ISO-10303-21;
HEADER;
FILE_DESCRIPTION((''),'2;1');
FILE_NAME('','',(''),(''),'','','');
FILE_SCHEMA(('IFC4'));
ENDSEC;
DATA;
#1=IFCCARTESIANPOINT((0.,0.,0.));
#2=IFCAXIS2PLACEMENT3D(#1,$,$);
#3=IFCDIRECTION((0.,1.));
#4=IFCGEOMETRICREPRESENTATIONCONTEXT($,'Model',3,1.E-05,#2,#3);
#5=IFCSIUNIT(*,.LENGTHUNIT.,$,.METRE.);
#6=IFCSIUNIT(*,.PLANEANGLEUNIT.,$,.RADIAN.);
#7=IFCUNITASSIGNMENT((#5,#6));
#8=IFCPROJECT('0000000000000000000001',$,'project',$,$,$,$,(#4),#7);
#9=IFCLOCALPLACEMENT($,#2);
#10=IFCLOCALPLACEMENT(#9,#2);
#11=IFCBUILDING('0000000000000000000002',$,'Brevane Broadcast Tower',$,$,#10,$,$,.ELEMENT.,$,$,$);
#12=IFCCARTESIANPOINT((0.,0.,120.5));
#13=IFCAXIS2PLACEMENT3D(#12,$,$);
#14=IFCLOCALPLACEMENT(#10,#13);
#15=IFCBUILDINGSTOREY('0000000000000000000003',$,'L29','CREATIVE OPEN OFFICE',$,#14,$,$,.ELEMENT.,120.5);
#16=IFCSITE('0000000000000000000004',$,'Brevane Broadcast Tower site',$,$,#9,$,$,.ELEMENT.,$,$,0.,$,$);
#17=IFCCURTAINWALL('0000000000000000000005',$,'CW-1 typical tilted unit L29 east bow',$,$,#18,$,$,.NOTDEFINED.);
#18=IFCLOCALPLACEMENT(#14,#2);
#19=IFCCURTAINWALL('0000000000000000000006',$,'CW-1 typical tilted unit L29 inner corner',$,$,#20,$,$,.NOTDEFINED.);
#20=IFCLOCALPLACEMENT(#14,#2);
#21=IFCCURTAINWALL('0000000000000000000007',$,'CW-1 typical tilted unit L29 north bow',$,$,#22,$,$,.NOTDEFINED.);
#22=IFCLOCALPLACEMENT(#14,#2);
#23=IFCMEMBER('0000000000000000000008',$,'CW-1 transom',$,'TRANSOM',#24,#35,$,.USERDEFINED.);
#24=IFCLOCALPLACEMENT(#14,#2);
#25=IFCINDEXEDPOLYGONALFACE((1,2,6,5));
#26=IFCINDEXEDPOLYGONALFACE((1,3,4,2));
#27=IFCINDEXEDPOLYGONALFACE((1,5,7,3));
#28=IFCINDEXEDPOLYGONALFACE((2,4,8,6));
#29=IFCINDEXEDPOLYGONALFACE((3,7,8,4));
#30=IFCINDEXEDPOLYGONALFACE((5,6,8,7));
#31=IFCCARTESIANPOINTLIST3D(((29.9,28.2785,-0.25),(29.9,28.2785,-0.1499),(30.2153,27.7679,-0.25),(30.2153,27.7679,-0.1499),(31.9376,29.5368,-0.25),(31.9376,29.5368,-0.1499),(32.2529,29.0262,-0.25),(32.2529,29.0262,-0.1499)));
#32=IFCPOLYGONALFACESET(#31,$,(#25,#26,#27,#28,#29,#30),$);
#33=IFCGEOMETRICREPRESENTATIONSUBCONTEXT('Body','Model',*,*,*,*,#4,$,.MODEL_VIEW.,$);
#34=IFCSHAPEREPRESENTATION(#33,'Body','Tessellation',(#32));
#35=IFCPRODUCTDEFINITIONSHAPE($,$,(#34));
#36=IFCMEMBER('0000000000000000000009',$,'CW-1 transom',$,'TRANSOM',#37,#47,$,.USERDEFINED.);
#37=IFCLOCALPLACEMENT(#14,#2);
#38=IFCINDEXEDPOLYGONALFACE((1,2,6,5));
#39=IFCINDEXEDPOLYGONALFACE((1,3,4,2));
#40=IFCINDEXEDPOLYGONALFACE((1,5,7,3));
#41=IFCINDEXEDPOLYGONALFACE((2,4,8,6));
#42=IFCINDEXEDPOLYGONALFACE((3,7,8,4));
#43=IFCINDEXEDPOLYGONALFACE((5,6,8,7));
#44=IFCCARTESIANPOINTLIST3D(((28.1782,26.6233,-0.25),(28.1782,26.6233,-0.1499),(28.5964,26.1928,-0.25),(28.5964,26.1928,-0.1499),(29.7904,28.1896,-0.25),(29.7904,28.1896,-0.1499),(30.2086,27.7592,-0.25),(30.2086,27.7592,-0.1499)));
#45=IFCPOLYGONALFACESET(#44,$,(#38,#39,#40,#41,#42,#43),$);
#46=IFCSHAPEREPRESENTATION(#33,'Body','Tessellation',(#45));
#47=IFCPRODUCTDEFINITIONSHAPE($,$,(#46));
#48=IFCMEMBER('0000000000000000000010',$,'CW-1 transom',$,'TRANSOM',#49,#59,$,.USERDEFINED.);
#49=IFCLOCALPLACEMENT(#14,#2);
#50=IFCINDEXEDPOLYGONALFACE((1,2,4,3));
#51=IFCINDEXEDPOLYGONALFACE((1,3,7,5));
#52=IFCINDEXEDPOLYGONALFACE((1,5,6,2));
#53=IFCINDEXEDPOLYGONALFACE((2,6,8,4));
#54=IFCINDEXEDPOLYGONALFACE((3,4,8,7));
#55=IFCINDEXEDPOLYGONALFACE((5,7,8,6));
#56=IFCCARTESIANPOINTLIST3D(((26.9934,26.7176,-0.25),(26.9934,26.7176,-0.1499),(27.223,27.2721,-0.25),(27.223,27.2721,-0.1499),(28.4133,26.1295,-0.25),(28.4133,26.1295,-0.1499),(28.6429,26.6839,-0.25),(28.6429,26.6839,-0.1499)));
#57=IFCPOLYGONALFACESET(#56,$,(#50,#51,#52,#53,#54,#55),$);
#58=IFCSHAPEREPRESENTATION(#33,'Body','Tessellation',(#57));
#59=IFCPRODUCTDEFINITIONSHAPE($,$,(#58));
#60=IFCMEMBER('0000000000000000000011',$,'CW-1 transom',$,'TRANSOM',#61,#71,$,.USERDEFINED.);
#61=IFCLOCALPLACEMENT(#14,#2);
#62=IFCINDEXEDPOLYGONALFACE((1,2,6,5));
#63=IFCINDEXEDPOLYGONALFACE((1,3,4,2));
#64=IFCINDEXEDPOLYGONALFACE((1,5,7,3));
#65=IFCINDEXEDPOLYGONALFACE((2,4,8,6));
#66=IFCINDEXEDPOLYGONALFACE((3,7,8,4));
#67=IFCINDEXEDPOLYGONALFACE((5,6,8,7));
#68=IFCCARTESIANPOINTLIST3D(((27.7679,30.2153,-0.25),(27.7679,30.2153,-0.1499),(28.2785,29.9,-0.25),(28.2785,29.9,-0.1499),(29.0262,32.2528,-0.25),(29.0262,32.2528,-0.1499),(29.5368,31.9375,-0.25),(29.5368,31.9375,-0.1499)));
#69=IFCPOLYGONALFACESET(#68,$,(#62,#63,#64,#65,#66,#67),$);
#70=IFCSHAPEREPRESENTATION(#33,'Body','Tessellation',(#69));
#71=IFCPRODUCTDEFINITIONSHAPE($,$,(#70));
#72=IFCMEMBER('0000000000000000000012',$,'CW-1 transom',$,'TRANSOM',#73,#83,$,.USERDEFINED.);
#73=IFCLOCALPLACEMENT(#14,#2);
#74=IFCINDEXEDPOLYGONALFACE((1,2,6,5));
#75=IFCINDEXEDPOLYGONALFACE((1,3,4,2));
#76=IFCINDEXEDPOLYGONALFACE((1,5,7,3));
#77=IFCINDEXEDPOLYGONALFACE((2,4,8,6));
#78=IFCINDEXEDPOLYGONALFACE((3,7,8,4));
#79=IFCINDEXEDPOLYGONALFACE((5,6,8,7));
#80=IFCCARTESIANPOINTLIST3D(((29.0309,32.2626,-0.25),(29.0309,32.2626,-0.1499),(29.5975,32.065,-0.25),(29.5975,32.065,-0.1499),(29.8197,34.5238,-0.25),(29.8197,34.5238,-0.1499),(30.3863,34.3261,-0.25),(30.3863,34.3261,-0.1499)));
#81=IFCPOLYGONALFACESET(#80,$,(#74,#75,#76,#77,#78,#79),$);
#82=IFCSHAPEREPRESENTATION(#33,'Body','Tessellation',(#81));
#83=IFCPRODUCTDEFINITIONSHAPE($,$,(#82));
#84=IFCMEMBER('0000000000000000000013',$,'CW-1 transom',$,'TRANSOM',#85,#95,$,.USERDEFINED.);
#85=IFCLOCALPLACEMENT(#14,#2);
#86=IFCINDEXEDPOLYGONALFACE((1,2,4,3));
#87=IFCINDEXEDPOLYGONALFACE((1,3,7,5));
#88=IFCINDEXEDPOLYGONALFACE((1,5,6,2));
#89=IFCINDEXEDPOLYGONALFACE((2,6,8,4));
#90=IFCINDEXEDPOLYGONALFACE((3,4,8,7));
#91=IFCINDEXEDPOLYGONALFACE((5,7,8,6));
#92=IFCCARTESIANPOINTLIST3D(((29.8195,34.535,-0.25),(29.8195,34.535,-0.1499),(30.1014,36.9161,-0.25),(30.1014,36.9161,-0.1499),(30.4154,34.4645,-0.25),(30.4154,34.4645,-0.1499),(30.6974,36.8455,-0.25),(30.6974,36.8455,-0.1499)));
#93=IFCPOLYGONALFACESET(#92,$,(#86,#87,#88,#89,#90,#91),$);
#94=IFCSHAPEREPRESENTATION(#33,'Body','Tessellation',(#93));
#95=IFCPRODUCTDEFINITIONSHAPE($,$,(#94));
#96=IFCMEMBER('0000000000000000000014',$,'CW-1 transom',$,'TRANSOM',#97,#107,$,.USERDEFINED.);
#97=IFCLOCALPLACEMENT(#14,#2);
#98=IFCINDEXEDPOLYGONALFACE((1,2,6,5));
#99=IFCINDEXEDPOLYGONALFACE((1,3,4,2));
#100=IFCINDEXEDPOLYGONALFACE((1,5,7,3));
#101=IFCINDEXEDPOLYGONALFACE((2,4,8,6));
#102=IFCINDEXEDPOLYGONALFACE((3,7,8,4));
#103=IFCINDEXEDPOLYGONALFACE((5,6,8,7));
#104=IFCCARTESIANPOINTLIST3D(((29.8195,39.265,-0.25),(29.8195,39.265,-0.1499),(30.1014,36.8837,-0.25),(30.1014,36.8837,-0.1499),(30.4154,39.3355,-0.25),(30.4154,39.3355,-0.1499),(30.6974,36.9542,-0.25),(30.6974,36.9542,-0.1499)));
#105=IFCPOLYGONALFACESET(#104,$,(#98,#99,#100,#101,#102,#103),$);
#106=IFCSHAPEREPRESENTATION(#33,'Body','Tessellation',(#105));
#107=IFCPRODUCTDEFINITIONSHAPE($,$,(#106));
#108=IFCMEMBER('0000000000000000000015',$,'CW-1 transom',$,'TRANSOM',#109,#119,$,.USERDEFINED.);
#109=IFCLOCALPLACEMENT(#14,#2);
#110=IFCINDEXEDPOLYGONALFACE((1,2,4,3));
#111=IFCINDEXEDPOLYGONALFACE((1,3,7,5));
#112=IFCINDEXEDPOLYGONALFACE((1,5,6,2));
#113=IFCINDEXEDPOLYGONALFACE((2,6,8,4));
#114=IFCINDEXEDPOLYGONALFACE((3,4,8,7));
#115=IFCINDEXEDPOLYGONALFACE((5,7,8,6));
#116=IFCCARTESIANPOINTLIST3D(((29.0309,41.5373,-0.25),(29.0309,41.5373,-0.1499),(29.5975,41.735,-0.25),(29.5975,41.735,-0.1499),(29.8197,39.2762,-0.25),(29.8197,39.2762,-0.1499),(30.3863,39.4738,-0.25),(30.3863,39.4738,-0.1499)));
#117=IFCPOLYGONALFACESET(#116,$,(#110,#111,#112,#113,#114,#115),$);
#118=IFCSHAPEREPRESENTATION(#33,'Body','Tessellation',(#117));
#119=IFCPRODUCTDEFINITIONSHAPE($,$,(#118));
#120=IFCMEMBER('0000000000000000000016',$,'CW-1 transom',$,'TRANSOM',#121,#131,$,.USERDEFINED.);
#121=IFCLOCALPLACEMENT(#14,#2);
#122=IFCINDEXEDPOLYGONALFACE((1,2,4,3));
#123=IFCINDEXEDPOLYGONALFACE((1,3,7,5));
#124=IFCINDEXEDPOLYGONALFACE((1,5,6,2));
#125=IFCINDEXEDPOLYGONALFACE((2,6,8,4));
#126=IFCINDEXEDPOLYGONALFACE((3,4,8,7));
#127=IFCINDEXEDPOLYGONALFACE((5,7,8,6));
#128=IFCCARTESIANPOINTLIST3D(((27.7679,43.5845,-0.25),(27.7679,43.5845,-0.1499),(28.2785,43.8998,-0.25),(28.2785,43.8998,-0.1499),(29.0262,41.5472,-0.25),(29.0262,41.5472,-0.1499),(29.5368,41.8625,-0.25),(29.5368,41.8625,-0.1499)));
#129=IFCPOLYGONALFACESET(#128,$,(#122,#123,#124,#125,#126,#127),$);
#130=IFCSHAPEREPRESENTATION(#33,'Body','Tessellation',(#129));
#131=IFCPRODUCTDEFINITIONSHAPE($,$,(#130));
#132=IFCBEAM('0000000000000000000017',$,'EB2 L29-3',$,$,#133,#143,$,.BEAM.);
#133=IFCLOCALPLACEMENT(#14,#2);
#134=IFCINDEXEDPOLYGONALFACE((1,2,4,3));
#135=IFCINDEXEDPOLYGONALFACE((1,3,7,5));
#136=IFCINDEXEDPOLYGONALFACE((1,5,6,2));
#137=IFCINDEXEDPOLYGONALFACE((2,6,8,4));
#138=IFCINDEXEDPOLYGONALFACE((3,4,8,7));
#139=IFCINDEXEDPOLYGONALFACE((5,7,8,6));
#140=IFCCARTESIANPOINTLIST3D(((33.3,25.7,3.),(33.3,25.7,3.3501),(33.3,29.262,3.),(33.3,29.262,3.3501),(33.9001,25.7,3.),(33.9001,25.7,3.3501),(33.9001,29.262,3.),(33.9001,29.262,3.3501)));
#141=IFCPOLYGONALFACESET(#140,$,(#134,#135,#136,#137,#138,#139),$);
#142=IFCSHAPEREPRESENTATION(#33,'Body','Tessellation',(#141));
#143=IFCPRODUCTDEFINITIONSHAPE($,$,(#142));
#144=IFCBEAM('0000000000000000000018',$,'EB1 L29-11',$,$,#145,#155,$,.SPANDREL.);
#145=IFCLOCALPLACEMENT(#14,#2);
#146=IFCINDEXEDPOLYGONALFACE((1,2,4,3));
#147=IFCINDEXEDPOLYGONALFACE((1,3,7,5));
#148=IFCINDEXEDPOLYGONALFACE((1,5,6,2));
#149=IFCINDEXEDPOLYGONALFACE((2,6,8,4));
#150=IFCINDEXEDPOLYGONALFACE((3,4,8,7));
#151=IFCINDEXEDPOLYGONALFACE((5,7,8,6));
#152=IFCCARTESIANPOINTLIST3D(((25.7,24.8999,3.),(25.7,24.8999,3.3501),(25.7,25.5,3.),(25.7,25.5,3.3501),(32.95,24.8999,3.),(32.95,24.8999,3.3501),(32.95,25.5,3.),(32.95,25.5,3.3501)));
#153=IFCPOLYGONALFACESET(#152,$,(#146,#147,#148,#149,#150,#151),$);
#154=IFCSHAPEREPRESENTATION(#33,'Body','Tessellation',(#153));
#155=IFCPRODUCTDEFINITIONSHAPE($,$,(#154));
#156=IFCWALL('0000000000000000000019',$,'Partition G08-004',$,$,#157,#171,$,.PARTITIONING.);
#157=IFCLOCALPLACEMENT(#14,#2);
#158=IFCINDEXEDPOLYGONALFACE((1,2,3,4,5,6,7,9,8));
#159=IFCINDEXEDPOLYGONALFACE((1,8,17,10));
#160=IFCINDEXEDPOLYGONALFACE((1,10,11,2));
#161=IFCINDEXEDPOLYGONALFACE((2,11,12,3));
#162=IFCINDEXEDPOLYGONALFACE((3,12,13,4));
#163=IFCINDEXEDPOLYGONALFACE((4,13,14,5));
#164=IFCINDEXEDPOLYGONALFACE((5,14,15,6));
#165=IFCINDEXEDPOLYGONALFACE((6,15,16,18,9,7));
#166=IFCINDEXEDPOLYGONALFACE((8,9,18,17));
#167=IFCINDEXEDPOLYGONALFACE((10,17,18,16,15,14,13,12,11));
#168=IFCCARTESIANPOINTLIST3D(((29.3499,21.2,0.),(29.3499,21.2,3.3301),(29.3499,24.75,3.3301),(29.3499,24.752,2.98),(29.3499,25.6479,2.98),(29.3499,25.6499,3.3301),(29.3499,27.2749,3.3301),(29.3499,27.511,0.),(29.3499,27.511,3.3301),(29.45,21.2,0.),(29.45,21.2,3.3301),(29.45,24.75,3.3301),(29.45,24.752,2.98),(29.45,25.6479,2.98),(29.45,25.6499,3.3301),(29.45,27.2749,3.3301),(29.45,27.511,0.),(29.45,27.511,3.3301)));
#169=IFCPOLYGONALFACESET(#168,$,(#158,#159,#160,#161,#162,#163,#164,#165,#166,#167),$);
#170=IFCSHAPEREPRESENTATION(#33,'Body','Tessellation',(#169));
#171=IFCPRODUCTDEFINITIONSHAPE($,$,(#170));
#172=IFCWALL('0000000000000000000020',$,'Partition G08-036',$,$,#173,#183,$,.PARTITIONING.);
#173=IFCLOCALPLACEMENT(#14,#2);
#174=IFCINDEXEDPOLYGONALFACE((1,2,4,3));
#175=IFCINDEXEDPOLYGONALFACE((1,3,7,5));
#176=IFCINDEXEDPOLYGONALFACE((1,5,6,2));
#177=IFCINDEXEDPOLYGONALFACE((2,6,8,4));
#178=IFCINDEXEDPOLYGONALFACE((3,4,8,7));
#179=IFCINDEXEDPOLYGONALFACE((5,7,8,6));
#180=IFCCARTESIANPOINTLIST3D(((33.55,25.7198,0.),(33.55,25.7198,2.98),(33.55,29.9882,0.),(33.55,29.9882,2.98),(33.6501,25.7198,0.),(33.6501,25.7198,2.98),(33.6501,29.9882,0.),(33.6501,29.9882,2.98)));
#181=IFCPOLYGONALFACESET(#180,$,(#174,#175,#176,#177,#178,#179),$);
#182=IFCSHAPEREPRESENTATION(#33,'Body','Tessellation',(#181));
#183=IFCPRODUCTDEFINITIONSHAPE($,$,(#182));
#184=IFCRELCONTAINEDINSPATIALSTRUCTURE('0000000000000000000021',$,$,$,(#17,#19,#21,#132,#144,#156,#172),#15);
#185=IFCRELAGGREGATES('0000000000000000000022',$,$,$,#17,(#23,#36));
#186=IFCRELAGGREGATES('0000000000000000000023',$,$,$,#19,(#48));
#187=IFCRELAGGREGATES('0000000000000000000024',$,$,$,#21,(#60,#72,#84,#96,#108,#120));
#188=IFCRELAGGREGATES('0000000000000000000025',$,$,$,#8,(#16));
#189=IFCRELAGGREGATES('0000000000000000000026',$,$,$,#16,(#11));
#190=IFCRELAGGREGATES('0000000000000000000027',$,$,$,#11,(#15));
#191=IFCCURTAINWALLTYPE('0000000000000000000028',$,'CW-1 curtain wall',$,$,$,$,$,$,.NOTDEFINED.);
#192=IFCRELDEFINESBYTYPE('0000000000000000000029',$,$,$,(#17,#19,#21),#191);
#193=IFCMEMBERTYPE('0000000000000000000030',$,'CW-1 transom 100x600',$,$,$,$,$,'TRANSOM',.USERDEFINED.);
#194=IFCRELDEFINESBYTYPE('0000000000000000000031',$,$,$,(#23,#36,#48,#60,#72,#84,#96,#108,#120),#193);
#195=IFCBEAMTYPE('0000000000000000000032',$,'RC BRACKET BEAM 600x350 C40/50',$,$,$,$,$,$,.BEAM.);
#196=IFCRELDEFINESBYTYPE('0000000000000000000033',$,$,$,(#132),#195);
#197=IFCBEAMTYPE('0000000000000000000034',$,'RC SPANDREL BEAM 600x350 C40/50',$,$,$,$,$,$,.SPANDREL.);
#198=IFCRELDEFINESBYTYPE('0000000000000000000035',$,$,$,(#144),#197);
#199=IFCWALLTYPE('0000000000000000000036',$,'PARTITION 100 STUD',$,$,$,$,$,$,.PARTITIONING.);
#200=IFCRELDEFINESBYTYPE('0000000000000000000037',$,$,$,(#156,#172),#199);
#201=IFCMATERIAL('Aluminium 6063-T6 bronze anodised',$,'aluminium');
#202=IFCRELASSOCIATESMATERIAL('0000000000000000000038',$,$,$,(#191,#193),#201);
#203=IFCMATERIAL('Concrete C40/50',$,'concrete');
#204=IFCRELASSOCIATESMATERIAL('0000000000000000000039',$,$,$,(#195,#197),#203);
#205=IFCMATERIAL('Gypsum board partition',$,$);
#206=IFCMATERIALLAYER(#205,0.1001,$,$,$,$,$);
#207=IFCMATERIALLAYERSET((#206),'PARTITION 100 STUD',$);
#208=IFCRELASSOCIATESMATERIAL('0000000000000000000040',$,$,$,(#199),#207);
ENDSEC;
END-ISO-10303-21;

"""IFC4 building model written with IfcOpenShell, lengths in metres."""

from ifc_helpers import new_model, si_unit, direction, frame, frame_2d, origin, origin_2d, place, context, subcontext, project, spatial, polyline, rectangle, outline, extrude, material, layer, layer_set, material_profile, profile_set, type_object, element, aggregate, save


model = new_model("IFC4")

# Units and contexts
model_context = context("Model", 3, precision=1e-05, world=origin(), true_north=direction((0.0, 1.0)))
body_context = subcontext(model_context, "Body", "Model", "MODEL_VIEW")
ifc_project = project(units=[si_unit("LENGTHUNIT", "METRE"), si_unit("PLANEANGLEUNIT", "RADIAN")], contexts=[model_context])

# Site, building, storey
site_placement = place(None, origin())
site = spatial("IfcSite", under=ifc_project, at=site_placement, Name="Brevane Broadcast Tower site", CompositionType="ELEMENT", RefElevation=0.0)
building_placement = place(site_placement, origin())
building = spatial("IfcBuilding", under=site, at=building_placement, Name="Brevane Broadcast Tower", CompositionType="ELEMENT")
storey_placement = place(building_placement, frame((0.0, 0.0, 120.5)))
storey = spatial("IfcBuildingStorey", under=building, at=storey_placement, Name="L29", Description="CREATIVE OPEN OFFICE", CompositionType="ELEMENT", Elevation=120.5)

# Curtain wall
ifc_material_1 = material(Name="Aluminium 6063-T6 bronze anodised", Category="aluminium")
curtain_wall_type = type_object("IfcCurtainWallType", Name="CW-1 curtain wall", PredefinedType="NOTDEFINED", material=ifc_material_1)
curtain_wall_1_placement = place(storey_placement, origin())
curtain_wall_1 = element("IfcCurtainWall", 1, at=curtain_wall_1_placement, inside=storey, type_object=curtain_wall_type, Name="CW-1 typical tilted unit L29 east bow", PredefinedType="NOTDEFINED")

# Curtain wall
curtain_wall_2_placement = place(storey_placement, origin())
curtain_wall_2 = element("IfcCurtainWall", 2, at=curtain_wall_2_placement, inside=storey, type_object=curtain_wall_type, Name="CW-1 typical tilted unit L29 inner corner", PredefinedType="NOTDEFINED")

# Curtain wall
curtain_wall_3_placement = place(storey_placement, origin())
curtain_wall_3 = element("IfcCurtainWall", 3, at=curtain_wall_3_placement, inside=storey, type_object=curtain_wall_type, Name="CW-1 typical tilted unit L29 north bow", PredefinedType="NOTDEFINED")

# Members
ifc_material_profile_1 = material_profile(ifc_material_1, rectangle(XDim=0.6001, YDim=0.1001, at=origin_2d()), Name="RECT 100x600")
ifc_profile_set_1 = profile_set([ifc_material_profile_1], Name="Aluminium 6063-T6 bronze anodised")
member_type_1 = type_object("IfcMemberType", Name="CW-1 transom 100x600", ElementType="TRANSOM", PredefinedType="USERDEFINED", material=ifc_profile_set_1)
member_1_placement = place(storey_placement, frame((32.0952, 29.2815, -0.2), z_axis=(-0.850838, -0.525428, 0.0), x_axis=(0.525428, -0.850838, 0.0)))
member_1 = element("IfcMember", 4, at=member_1_placement, type_object=member_type_1, Name="CW-1 transom", ObjectType="TRANSOM", PredefinedType="USERDEFINED", context=body_context, shape_type="SweptSolid", body=[
    extrude(rectangle(XDim=0.6001, YDim=0.1001, at=origin_2d()), origin(), (0.0, 0.0, 1.0), 2.3948),
])
member_2_placement = place(storey_placement, frame((29.9995, 27.9744, -0.2), z_axis=(-0.717242, -0.696824, 0.0), x_axis=(0.696824, -0.717242, 0.0)))
member_2 = element("IfcMember", 5, at=member_2_placement, type_object=member_type_1, Name="CW-1 transom", ObjectType="TRANSOM", PredefinedType="USERDEFINED", context=body_context, shape_type="SweptSolid", body=[
    extrude(rectangle(XDim=0.6001, YDim=0.1001, at=origin_2d()), origin(), (0.0, 0.0, 1.0), 2.2478),
])
aggregate(curtain_wall_1, [member_1, member_2])
member_3_placement = place(storey_placement, frame((28.5281, 26.4067, -0.2), z_axis=(-0.923883, 0.382674, 0.0), x_axis=(-0.382674, -0.923883, 0.0)))
member_3 = element("IfcMember", 6, at=member_3_placement, type_object=member_type_1, Name="CW-1 transom", ObjectType="TRANSOM", PredefinedType="USERDEFINED", context=body_context, shape_type="SweptSolid", body=[
    extrude(rectangle(XDim=0.6001, YDim=0.1001, at=origin_2d()), origin(), (0.0, 0.0, 1.0), 1.5369),
])
aggregate(curtain_wall_2, [member_3])
member_4_placement = place(storey_placement, frame((28.0232, 30.0576, -0.2), z_axis=(0.525428, 0.850838, 0.0), x_axis=(-0.850838, 0.525428, 0.0)))
member_4 = element("IfcMember", 7, at=member_4_placement, type_object=member_type_1, Name="CW-1 transom", ObjectType="TRANSOM", PredefinedType="USERDEFINED", context=body_context, shape_type="SweptSolid", body=[
    extrude(rectangle(XDim=0.6001, YDim=0.1001, at=origin_2d()), origin(), (0.0, 0.0, 1.0), 2.3948),
])
member_5_placement = place(storey_placement, frame((29.3142, 32.1638, -0.2), z_axis=(0.329378, 0.944198, 0.0), x_axis=(-0.944198, 0.329378, 0.0)))
member_5 = element("IfcMember", 8, at=member_5_placement, type_object=member_type_1, Name="CW-1 transom", ObjectType="TRANSOM", PredefinedType="USERDEFINED", context=body_context, shape_type="SweptSolid", body=[
    extrude(rectangle(XDim=0.6001, YDim=0.1001, at=origin_2d()), origin(), (0.0, 0.0, 1.0), 2.3948),
])
member_6_placement = place(storey_placement, frame((30.1174, 34.4998, -0.2), z_axis=(0.117603, 0.993061, 0.0), x_axis=(-0.993061, 0.117603, 0.0)))
member_6 = element("IfcMember", 9, at=member_6_placement, type_object=member_type_1, Name="CW-1 transom", ObjectType="TRANSOM", PredefinedType="USERDEFINED", context=body_context, shape_type="SweptSolid", body=[
    extrude(rectangle(XDim=0.6001, YDim=0.1001, at=origin_2d()), origin(), (0.0, 0.0, 1.0), 2.3977),
])
member_7_placement = place(storey_placement, frame((30.3994, 36.9189, -0.2), z_axis=(-0.117591, 0.993062, 0.0), x_axis=(-0.993062, -0.117591, 0.0)))
member_7 = element("IfcMember", 10, at=member_7_placement, type_object=member_type_1, Name="CW-1 transom", ObjectType="TRANSOM", PredefinedType="USERDEFINED", context=body_context, shape_type="SweptSolid", body=[
    extrude(rectangle(XDim=0.6001, YDim=0.1001, at=origin_2d()), origin(), (0.0, 0.0, 1.0), 2.3979),
])
member_8_placement = place(storey_placement, frame((30.103, 39.375, -0.2), z_axis=(-0.329378, 0.944198, 0.0), x_axis=(-0.944198, -0.329378, 0.0)))
member_8 = element("IfcMember", 11, at=member_8_placement, type_object=member_type_1, Name="CW-1 transom", ObjectType="TRANSOM", PredefinedType="USERDEFINED", context=body_context, shape_type="SweptSolid", body=[
    extrude(rectangle(XDim=0.6001, YDim=0.1001, at=origin_2d()), origin(), (0.0, 0.0, 1.0), 2.3948),
])
member_9_placement = place(storey_placement, frame((29.2815, 41.7048, -0.2), z_axis=(-0.525473, 0.85081, 0.0), x_axis=(-0.85081, -0.525473, 0.0)))
member_9 = element("IfcMember", 12, at=member_9_placement, type_object=member_type_1, Name="CW-1 transom", ObjectType="TRANSOM", PredefinedType="USERDEFINED", context=body_context, shape_type="SweptSolid", body=[
    extrude(rectangle(XDim=0.6001, YDim=0.1001, at=origin_2d()), origin(), (0.0, 0.0, 1.0), 2.3945),
])
aggregate(curtain_wall_3, [member_4, member_5, member_6, member_7, member_8, member_9])

# Beams
ifc_material_2 = material(Name="Concrete C40/50", Category="concrete")
ifc_material_profile_2 = material_profile(ifc_material_2, rectangle(XDim=0.6001, YDim=0.3501, at=origin_2d()), Name="RC 600x350")
ifc_profile_set_2 = profile_set([ifc_material_profile_2], Name="Concrete C40/50")
beam_type_1 = type_object("IfcBeamType", Name="RC BRACKET BEAM 600x350 C40/50", PredefinedType="BEAM", material=ifc_profile_set_2)
beam_1_placement = place(storey_placement, frame((33.6001, 25.7, 3.175), z_axis=(0.0, 1.0, 0.0), x_axis=(-1.0, 0.0, 0.0)))
element("IfcBeam", 13, at=beam_1_placement, inside=storey, type_object=beam_type_1, Name="EB2 L29-3", PredefinedType="BEAM", context=body_context, shape_type="SweptSolid", body=[
    extrude(rectangle(XDim=0.6001, YDim=0.3501, at=origin_2d()), origin(), (0.0, 0.0, 1.0), 3.562),
])
ifc_material_profile_3 = material_profile(ifc_material_2, rectangle(XDim=0.6001, YDim=0.3501, at=origin_2d()), Name="RC 600x350")
ifc_profile_set_3 = profile_set([ifc_material_profile_3], Name="Concrete C40/50")
beam_type_2 = type_object("IfcBeamType", Name="RC SPANDREL BEAM 600x350 C40/50", PredefinedType="SPANDREL", material=ifc_profile_set_3)
beam_2_placement = place(storey_placement, frame((32.95, 25.2, 3.175), z_axis=(-1.0, 0.0, 0.0), x_axis=(0.0, -1.0, 0.0)))
element("IfcBeam", 14, at=beam_2_placement, inside=storey, type_object=beam_type_2, Name="EB1 L29-11", PredefinedType="SPANDREL", context=body_context, shape_type="SweptSolid", body=[
    extrude(rectangle(XDim=0.6001, YDim=0.3501, at=origin_2d()), origin(), (0.0, 0.0, 1.0), 7.25),
])

# Walls
ifc_material_3 = material(Name="Gypsum board partition")
ifc_layer = layer(ifc_material_3, 0.1001)
ifc_layer_set = layer_set([ifc_layer], Name="PARTITION 100 STUD")
wall_type = type_object("IfcWallType", Name="PARTITION 100 STUD", PredefinedType="PARTITIONING", material=ifc_layer_set)
wall_1_placement = place(storey_placement, frame((29.3999, 27.511, 0.0), z_axis=(0.0, 0.0, 1.0), x_axis=(0.0, -1.0, 0.0)))
element("IfcWall", 15, at=wall_1_placement, inside=storey, type_object=wall_type, Name="Partition G08-004", PredefinedType="PARTITIONING", context=body_context, shape_type="SweptSolid", body=[
    extrude(outline(polyline([(0.0, 0.0), (6.311, 0.0), (6.311, 3.3301), (2.761, 3.3301), (2.759, 2.98), (1.863, 2.98), (1.8611, 3.3301), (0.2361, 3.3301), (0.0, 3.3301), (0.0, 0.0)])), frame((0.0, 0.05, 0.0), z_axis=(0.0, -1.0, 0.0), x_axis=(1.0, 0.0, 0.0)), (0.0, 0.0, 1.0), 0.1001),
])
wall_2_placement = place(storey_placement, frame((33.6001, 29.9883, 0.0), z_axis=(0.0, 0.0, 1.0), x_axis=(0.0, -1.0, 0.0)))
element("IfcWall", 16, at=wall_2_placement, inside=storey, type_object=wall_type, Name="Partition G08-036", PredefinedType="PARTITIONING", context=body_context, shape_type="SweptSolid", body=[
    extrude(rectangle(XDim=4.2683, YDim=0.1001, at=frame_2d((2.1343, 0.0))), origin(), (0.0, 0.0, 1.0), 2.98),
])

save(model, "model.ifc")
